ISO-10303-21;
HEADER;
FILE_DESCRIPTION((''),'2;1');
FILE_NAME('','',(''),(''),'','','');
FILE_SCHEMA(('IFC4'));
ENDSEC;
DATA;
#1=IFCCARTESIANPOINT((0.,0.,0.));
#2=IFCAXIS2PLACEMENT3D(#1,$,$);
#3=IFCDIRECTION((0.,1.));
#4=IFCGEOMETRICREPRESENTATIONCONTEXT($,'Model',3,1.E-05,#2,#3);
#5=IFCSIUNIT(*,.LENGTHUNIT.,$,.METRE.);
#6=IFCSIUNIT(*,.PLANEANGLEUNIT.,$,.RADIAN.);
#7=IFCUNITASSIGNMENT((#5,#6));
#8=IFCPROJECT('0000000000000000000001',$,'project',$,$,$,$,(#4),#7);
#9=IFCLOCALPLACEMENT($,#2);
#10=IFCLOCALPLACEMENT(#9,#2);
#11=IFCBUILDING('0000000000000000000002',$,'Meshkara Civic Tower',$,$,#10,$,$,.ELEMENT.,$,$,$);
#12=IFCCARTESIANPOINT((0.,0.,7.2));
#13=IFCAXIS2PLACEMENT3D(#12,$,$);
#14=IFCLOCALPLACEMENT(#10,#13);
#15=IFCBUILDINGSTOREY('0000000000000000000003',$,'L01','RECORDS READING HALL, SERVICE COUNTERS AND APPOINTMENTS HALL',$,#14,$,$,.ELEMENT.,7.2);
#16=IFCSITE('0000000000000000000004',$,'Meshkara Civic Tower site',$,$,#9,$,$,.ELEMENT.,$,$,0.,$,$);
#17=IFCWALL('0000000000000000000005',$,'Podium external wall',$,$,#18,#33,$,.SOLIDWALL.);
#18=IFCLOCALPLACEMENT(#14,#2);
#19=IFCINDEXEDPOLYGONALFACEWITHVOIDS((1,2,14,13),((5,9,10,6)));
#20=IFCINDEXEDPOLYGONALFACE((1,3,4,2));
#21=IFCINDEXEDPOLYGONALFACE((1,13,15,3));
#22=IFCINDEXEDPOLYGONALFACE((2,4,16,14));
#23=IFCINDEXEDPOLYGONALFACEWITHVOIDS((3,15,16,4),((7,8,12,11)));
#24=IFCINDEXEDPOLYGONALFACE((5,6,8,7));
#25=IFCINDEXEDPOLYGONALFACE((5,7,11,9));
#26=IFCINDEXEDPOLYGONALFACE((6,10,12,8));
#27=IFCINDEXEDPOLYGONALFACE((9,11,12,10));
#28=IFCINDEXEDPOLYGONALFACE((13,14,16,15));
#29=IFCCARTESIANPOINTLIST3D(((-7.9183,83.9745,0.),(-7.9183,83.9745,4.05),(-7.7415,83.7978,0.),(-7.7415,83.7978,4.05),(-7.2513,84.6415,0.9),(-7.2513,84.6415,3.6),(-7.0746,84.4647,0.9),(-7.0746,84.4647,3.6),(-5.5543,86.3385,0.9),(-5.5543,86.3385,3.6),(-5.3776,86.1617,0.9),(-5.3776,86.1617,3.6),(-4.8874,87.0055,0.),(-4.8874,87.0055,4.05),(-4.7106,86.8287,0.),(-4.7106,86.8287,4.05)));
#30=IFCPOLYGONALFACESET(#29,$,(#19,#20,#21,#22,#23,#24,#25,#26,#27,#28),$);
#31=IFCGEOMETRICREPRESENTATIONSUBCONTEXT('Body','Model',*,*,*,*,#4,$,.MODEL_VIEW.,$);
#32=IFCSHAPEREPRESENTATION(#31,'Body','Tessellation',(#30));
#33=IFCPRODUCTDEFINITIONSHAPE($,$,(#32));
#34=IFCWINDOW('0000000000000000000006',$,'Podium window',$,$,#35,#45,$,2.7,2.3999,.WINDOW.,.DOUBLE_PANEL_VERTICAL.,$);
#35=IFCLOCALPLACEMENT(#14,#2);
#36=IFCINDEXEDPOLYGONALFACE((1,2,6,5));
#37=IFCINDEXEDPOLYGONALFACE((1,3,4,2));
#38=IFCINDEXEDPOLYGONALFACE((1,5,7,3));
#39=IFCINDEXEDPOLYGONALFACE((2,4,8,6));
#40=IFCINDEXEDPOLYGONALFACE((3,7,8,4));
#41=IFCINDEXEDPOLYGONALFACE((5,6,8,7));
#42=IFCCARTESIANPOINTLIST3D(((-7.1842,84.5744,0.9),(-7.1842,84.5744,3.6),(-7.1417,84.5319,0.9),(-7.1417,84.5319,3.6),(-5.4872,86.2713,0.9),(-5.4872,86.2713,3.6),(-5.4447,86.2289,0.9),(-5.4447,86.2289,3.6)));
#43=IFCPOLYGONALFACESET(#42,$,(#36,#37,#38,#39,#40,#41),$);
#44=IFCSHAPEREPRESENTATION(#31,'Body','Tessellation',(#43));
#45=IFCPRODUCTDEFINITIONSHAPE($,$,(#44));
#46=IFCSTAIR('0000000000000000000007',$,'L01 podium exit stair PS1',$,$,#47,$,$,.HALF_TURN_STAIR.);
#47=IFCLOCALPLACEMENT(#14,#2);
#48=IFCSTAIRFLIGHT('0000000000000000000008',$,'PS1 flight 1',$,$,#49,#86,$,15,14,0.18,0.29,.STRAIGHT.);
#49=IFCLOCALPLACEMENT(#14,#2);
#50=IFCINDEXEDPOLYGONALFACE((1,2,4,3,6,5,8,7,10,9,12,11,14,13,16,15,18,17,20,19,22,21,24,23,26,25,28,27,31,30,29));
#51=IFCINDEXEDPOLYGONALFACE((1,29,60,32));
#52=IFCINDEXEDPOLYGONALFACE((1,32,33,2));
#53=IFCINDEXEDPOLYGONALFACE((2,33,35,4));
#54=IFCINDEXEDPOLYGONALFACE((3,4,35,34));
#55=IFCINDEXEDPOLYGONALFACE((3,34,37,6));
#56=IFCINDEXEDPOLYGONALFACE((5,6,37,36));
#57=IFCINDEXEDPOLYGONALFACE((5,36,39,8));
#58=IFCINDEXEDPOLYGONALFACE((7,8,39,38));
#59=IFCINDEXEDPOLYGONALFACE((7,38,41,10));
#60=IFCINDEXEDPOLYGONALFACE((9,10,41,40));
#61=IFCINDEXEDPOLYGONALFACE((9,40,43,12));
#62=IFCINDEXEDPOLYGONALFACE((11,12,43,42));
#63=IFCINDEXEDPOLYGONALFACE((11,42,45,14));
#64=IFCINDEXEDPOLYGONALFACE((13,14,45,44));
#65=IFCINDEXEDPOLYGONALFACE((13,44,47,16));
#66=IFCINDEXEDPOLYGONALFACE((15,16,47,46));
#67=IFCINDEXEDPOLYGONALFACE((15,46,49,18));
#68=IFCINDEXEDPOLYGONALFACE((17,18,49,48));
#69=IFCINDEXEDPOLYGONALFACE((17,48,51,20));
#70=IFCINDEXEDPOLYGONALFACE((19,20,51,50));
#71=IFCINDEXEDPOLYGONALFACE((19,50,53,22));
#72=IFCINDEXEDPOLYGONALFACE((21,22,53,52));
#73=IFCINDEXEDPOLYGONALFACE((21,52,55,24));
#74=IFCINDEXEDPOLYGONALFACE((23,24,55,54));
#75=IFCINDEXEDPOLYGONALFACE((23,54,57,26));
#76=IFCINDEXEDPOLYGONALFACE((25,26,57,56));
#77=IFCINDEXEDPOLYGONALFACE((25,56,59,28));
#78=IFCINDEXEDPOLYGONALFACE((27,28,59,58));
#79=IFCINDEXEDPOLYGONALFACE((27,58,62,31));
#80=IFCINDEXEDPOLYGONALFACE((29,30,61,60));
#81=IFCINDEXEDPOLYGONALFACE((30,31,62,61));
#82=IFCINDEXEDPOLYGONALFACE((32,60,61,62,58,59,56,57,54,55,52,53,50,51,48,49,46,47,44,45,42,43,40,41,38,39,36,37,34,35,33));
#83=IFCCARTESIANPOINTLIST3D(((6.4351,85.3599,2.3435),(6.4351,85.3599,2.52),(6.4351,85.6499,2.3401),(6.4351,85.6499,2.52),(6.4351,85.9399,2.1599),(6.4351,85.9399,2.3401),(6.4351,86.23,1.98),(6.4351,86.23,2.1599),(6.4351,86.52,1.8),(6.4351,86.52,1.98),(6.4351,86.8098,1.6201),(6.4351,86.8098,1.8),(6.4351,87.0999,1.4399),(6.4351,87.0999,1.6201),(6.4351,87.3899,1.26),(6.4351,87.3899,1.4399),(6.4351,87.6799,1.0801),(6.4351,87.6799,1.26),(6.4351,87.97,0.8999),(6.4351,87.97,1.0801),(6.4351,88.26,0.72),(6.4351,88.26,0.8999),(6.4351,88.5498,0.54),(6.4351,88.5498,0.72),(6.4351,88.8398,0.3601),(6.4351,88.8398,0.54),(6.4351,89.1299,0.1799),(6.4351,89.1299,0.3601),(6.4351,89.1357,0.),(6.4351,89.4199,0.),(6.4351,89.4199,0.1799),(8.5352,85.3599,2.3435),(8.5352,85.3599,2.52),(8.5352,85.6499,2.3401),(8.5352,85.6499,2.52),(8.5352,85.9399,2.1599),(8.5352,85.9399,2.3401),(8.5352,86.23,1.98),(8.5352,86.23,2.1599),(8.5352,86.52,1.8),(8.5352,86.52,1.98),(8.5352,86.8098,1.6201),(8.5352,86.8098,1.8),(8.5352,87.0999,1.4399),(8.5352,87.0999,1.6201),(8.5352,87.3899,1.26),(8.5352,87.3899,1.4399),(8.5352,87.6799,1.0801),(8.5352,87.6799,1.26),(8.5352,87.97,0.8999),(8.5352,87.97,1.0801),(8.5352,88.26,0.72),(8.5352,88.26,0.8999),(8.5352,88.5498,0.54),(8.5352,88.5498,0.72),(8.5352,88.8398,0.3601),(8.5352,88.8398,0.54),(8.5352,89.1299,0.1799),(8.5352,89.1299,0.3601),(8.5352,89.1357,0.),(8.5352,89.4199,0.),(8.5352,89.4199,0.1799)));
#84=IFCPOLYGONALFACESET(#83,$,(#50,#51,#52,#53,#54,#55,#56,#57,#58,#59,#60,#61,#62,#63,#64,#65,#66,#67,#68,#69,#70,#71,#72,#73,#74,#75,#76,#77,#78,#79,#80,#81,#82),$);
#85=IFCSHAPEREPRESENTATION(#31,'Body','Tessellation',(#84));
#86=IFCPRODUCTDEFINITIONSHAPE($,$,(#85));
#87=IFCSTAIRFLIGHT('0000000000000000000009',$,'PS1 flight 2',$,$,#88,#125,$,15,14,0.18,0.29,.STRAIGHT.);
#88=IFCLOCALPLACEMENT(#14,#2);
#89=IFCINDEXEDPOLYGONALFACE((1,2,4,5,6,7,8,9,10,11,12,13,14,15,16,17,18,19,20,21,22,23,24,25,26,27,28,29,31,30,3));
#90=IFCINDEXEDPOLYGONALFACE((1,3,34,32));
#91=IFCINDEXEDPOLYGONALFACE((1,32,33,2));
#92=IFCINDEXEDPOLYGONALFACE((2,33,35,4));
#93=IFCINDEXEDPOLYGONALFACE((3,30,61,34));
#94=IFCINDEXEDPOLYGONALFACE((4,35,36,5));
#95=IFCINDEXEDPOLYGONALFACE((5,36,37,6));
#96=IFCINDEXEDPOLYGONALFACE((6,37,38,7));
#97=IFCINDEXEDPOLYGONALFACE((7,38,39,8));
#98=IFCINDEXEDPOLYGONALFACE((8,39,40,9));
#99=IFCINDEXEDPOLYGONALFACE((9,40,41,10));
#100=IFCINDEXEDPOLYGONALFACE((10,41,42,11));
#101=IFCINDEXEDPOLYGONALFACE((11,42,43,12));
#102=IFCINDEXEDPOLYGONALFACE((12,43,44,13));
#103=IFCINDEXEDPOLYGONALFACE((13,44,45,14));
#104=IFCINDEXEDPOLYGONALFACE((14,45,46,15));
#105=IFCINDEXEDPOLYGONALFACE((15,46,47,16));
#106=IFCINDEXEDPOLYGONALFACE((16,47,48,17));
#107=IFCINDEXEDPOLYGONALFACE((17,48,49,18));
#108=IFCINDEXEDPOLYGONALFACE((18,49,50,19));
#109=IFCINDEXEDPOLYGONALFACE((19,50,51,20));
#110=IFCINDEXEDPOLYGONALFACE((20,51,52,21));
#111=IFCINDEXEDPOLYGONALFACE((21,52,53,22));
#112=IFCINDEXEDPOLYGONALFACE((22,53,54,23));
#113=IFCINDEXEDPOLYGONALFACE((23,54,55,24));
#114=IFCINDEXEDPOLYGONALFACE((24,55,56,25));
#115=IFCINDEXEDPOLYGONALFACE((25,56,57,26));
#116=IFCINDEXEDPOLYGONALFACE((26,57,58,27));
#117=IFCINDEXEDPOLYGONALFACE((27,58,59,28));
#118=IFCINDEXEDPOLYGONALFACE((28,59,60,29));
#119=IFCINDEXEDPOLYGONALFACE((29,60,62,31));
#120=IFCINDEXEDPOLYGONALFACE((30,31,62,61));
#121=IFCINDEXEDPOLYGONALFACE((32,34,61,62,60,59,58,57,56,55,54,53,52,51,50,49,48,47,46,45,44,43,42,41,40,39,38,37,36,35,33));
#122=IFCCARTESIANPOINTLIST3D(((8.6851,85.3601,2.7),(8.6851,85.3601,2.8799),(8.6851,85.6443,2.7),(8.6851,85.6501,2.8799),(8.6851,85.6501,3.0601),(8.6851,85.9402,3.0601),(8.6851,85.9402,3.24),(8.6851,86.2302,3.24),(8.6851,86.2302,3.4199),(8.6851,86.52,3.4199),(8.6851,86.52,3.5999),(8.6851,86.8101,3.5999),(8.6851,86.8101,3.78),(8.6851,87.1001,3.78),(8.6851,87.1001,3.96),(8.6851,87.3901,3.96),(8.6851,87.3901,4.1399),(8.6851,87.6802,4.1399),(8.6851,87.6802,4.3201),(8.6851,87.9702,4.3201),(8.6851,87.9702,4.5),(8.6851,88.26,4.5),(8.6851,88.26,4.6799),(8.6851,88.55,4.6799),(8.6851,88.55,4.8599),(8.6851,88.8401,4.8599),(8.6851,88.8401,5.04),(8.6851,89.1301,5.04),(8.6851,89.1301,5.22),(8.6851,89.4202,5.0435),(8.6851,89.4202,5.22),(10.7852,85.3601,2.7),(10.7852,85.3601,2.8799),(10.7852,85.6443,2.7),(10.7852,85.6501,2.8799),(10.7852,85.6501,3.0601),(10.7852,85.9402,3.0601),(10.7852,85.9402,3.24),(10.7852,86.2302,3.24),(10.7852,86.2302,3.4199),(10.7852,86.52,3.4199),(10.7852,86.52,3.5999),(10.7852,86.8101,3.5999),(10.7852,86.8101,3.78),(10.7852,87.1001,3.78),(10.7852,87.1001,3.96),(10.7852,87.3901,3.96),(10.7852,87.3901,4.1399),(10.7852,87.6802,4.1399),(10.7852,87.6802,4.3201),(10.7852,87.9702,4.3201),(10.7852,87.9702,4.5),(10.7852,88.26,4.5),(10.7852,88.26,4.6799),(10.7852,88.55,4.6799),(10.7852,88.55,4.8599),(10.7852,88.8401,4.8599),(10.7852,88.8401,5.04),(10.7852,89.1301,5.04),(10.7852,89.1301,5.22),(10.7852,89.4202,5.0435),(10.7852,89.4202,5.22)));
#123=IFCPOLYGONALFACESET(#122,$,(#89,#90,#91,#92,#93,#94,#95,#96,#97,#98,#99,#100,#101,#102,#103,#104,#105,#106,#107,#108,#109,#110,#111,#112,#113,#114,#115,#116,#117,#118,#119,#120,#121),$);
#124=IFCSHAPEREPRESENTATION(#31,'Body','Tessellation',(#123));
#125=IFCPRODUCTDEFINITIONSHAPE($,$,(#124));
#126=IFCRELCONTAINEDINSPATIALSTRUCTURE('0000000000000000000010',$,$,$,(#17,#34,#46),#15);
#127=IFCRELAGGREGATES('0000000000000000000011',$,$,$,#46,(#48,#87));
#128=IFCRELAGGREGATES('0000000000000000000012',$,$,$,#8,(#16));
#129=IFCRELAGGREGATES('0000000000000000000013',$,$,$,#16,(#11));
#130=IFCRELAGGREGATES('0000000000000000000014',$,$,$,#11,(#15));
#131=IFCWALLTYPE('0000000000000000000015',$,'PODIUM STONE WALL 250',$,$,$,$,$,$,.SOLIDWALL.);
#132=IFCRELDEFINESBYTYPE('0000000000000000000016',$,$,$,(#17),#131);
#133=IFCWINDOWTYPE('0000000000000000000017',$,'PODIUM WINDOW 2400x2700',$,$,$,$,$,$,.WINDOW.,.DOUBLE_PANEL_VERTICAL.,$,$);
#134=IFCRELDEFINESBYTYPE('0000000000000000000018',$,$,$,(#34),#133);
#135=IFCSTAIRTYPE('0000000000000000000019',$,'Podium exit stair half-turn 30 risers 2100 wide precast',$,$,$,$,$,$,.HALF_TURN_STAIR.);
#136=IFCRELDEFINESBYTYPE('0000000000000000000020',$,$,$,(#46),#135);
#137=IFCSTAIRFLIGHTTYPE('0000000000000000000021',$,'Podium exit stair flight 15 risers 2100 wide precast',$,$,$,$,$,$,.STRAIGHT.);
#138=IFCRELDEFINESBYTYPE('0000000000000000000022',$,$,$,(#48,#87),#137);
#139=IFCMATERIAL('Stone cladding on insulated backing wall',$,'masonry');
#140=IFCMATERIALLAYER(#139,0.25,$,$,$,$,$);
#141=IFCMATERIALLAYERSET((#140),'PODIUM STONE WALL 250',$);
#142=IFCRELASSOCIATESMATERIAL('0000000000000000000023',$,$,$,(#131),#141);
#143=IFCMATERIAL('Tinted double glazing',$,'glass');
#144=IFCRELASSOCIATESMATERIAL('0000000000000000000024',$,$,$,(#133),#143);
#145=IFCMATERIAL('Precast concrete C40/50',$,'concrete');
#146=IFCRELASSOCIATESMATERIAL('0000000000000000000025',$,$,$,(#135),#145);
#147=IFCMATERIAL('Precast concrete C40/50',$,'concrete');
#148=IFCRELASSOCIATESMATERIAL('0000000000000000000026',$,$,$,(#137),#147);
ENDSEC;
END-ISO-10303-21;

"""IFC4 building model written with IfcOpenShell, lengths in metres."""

from ifc_helpers import new_model, si_unit, direction, frame, frame_2d, origin, place, context, subcontext, project, spatial, polyline, rectangle, outline, extrude, material, layer, layer_set, type_object, element, fill, aggregate, save


model = new_model("IFC4")

# Units and contexts
model_context = context("Model", 3, precision=1e-05, world=origin(), true_north=direction((0.0, 1.0)))
body_context = subcontext(model_context, "Body", "Model", "MODEL_VIEW")
ifc_project = project(units=[si_unit("LENGTHUNIT", "METRE"), si_unit("PLANEANGLEUNIT", "RADIAN")], contexts=[model_context])

# Site, building, storey
site_placement = place(None, origin())
site = spatial("IfcSite", under=ifc_project, at=site_placement, Name="Meshkara Civic Tower site", CompositionType="ELEMENT", RefElevation=0.0)
building_placement = place(site_placement, origin())
building = spatial("IfcBuilding", under=site, at=building_placement, Name="Meshkara Civic Tower", CompositionType="ELEMENT")
storey_placement = place(building_placement, frame((0.0, 0.0, 7.2)))
storey = spatial("IfcBuildingStorey", under=building, at=storey_placement, Name="L01", Description="RECORDS READING HALL, SERVICE COUNTERS AND APPOINTMENTS HALL", CompositionType="ELEMENT", Elevation=7.2)

# Wall, opening, window
ifc_material_1 = material(Name="Stone cladding on insulated backing wall", Category="masonry")
ifc_layer_1 = layer(ifc_material_1, 0.25)
ifc_layer_set_1 = layer_set([ifc_layer_1], Name="PODIUM STONE WALL 250")
wall_type_1 = type_object("IfcWallType", Name="PODIUM STONE WALL 250", PredefinedType="SOLIDWALL", material=ifc_layer_set_1)
ifc_material_2 = material(Name="Tinted double glazing", Category="glass")
window_type = type_object("IfcWindowType", Name="PODIUM WINDOW 2400x2700", PartitioningType="DOUBLE_PANEL_VERTICAL", PredefinedType="WINDOW", material=ifc_material_2)
wall_1_placement = place(storey_placement, frame((-4.7991, 86.917, 0.0), z_axis=(0.0, 0.0, 1.0), x_axis=(-0.707107, -0.707107, 0.0)))
wall_1 = element("IfcWall", 1, at=wall_1_placement, inside=storey, type_object=wall_type_1, Name="Podium external wall", PredefinedType="SOLIDWALL", context=body_context, shape_type="SweptSolid", body=[
    extrude(rectangle(XDim=4.2864, YDim=0.25, at=frame_2d((2.1431, 0.0))), origin(), (0.0, 0.0, 1.0), 4.05),
])
opening_1_placement = place(wall_1_placement, frame((0.9431, 0.0, 0.8999)))
opening_1 = element("IfcOpeningElement", 2, at=opening_1_placement, cuts=wall_1, PredefinedType="OPENING", context=body_context, shape_type="SweptSolid", body=[
    extrude(rectangle(XDim=2.3999, YDim=2.7, at=frame_2d((1.2, 1.3501))), frame((0.0, 0.135, 0.0), z_axis=(0.0, -1.0, 0.0), x_axis=(1.0, 0.0, 0.0)), (0.0, 0.0, 1.0), 0.27),
])
window_1_placement = place(opening_1_placement, origin())
window_1 = element("IfcWindow", 3, at=window_1_placement, inside=storey, type_object=window_type, Name="Podium window", OverallHeight=2.7, OverallWidth=2.3999, PartitioningType="DOUBLE_PANEL_VERTICAL", PredefinedType="WINDOW", context=body_context, shape_type="SweptSolid", body=[
    extrude(rectangle(XDim=2.3999, YDim=2.7, at=frame_2d((1.2, 1.3501))), frame((0.0, 0.03, 0.0), z_axis=(0.0, -1.0, 0.0), x_axis=(1.0, 0.0, 0.0)), (0.0, 0.0, 1.0), 0.0601),
])
fill(opening_1, window_1)

# Stair, stair flights
ifc_material_3 = material(Name="Precast concrete C40/50", Category="concrete")
stair_type = type_object("IfcStairType", Name="Podium exit stair half-turn 30 risers 2100 wide precast", PredefinedType="HALF_TURN_STAIR", material=ifc_material_3)
stair_placement = place(storey_placement, origin())
stair = element("IfcStair", 4, at=stair_placement, inside=storey, type_object=stair_type, Name="L01 podium exit stair PS1", PredefinedType="HALF_TURN_STAIR")
ifc_material_4 = material(Name="Precast concrete C40/50", Category="concrete")
stair_flight_type = type_object("IfcStairFlightType", Name="Podium exit stair flight 15 risers 2100 wide precast", PredefinedType="STRAIGHT", material=ifc_material_4)
stair_flight_1_placement = place(storey_placement, frame((7.4851, 89.4199, 0.0), z_axis=(0.0, 0.0, 1.0), x_axis=(0.0, -1.0, 0.0)))
stair_flight_1 = element("IfcStairFlight", 5, at=stair_flight_1_placement, type_object=stair_flight_type, Name="PS1 flight 1", NumberOfRisers=15, NumberOfTreads=14, PredefinedType="STRAIGHT", RiserHeight=0.18, TreadLength=0.29, context=body_context, shape_type="SweptSolid", body=[
    extrude(outline(polyline([(0.0, 0.0), (0.0, 0.1799), (0.29, 0.1799), (0.29, 0.3601), (0.5801, 0.3601), (0.5801, 0.54), (0.8701, 0.54), (0.8701, 0.72), (1.1599, 0.72), (1.1599, 0.8999), (1.45, 0.8999), (1.45, 1.0801), (1.74, 1.0801), (1.74, 1.26), (2.03, 1.26), (2.03, 1.4399), (2.3201, 1.4399), (2.3201, 1.6201), (2.6101, 1.6201), (2.6101, 1.8), (2.8999, 1.8), (2.8999, 1.98), (3.1899, 1.98), (3.1899, 2.1599), (3.48, 2.1599), (3.48, 2.3401), (3.77, 2.3401), (3.77, 2.52), (4.0601, 2.52), (4.0601, 2.7), (4.0601, 2.3435), (0.2842, 0.0), (0.0, 0.0)])), frame((0.0, 1.05, 0.0), z_axis=(0.0, -1.0, 0.0), x_axis=(1.0, 0.0, 0.0)), (0.0, 0.0, 1.0), 2.1001),
])
stair_flight_2_placement = place(storey_placement, frame((9.7351, 85.3601, 2.7), z_axis=(0.0, 0.0, 1.0), x_axis=(0.0, 1.0, 0.0)))
stair_flight_2 = element("IfcStairFlight", 6, at=stair_flight_2_placement, type_object=stair_flight_type, Name="PS1 flight 2", NumberOfRisers=15, NumberOfTreads=14, PredefinedType="STRAIGHT", RiserHeight=0.18, TreadLength=0.29, context=body_context, shape_type="SweptSolid", body=[
    extrude(outline(polyline([(0.0, 0.0), (0.0, 0.1799), (0.29, 0.1799), (0.29, 0.3601), (0.5801, 0.3601), (0.5801, 0.54), (0.8701, 0.54), (0.8701, 0.72), (1.1599, 0.72), (1.1599, 0.8999), (1.45, 0.8999), (1.45, 1.0801), (1.74, 1.0801), (1.74, 1.26), (2.03, 1.26), (2.03, 1.4399), (2.3201, 1.4399), (2.3201, 1.6201), (2.6101, 1.6201), (2.6101, 1.8), (2.8999, 1.8), (2.8999, 1.98), (3.1899, 1.98), (3.1899, 2.1599), (3.48, 2.1599), (3.48, 2.3401), (3.77, 2.3401), (3.77, 2.52), (4.0601, 2.52), (4.0601, 2.7), (4.0601, 2.3435), (0.2842, 0.0), (0.0, 0.0)])), frame((0.0, 1.05, 0.0), z_axis=(0.0, -1.0, 0.0), x_axis=(1.0, 0.0, 0.0)), (0.0, 0.0, 1.0), 2.1001),
])
aggregate(stair, [stair_flight_1, stair_flight_2])

save(model, "model.ifc")
